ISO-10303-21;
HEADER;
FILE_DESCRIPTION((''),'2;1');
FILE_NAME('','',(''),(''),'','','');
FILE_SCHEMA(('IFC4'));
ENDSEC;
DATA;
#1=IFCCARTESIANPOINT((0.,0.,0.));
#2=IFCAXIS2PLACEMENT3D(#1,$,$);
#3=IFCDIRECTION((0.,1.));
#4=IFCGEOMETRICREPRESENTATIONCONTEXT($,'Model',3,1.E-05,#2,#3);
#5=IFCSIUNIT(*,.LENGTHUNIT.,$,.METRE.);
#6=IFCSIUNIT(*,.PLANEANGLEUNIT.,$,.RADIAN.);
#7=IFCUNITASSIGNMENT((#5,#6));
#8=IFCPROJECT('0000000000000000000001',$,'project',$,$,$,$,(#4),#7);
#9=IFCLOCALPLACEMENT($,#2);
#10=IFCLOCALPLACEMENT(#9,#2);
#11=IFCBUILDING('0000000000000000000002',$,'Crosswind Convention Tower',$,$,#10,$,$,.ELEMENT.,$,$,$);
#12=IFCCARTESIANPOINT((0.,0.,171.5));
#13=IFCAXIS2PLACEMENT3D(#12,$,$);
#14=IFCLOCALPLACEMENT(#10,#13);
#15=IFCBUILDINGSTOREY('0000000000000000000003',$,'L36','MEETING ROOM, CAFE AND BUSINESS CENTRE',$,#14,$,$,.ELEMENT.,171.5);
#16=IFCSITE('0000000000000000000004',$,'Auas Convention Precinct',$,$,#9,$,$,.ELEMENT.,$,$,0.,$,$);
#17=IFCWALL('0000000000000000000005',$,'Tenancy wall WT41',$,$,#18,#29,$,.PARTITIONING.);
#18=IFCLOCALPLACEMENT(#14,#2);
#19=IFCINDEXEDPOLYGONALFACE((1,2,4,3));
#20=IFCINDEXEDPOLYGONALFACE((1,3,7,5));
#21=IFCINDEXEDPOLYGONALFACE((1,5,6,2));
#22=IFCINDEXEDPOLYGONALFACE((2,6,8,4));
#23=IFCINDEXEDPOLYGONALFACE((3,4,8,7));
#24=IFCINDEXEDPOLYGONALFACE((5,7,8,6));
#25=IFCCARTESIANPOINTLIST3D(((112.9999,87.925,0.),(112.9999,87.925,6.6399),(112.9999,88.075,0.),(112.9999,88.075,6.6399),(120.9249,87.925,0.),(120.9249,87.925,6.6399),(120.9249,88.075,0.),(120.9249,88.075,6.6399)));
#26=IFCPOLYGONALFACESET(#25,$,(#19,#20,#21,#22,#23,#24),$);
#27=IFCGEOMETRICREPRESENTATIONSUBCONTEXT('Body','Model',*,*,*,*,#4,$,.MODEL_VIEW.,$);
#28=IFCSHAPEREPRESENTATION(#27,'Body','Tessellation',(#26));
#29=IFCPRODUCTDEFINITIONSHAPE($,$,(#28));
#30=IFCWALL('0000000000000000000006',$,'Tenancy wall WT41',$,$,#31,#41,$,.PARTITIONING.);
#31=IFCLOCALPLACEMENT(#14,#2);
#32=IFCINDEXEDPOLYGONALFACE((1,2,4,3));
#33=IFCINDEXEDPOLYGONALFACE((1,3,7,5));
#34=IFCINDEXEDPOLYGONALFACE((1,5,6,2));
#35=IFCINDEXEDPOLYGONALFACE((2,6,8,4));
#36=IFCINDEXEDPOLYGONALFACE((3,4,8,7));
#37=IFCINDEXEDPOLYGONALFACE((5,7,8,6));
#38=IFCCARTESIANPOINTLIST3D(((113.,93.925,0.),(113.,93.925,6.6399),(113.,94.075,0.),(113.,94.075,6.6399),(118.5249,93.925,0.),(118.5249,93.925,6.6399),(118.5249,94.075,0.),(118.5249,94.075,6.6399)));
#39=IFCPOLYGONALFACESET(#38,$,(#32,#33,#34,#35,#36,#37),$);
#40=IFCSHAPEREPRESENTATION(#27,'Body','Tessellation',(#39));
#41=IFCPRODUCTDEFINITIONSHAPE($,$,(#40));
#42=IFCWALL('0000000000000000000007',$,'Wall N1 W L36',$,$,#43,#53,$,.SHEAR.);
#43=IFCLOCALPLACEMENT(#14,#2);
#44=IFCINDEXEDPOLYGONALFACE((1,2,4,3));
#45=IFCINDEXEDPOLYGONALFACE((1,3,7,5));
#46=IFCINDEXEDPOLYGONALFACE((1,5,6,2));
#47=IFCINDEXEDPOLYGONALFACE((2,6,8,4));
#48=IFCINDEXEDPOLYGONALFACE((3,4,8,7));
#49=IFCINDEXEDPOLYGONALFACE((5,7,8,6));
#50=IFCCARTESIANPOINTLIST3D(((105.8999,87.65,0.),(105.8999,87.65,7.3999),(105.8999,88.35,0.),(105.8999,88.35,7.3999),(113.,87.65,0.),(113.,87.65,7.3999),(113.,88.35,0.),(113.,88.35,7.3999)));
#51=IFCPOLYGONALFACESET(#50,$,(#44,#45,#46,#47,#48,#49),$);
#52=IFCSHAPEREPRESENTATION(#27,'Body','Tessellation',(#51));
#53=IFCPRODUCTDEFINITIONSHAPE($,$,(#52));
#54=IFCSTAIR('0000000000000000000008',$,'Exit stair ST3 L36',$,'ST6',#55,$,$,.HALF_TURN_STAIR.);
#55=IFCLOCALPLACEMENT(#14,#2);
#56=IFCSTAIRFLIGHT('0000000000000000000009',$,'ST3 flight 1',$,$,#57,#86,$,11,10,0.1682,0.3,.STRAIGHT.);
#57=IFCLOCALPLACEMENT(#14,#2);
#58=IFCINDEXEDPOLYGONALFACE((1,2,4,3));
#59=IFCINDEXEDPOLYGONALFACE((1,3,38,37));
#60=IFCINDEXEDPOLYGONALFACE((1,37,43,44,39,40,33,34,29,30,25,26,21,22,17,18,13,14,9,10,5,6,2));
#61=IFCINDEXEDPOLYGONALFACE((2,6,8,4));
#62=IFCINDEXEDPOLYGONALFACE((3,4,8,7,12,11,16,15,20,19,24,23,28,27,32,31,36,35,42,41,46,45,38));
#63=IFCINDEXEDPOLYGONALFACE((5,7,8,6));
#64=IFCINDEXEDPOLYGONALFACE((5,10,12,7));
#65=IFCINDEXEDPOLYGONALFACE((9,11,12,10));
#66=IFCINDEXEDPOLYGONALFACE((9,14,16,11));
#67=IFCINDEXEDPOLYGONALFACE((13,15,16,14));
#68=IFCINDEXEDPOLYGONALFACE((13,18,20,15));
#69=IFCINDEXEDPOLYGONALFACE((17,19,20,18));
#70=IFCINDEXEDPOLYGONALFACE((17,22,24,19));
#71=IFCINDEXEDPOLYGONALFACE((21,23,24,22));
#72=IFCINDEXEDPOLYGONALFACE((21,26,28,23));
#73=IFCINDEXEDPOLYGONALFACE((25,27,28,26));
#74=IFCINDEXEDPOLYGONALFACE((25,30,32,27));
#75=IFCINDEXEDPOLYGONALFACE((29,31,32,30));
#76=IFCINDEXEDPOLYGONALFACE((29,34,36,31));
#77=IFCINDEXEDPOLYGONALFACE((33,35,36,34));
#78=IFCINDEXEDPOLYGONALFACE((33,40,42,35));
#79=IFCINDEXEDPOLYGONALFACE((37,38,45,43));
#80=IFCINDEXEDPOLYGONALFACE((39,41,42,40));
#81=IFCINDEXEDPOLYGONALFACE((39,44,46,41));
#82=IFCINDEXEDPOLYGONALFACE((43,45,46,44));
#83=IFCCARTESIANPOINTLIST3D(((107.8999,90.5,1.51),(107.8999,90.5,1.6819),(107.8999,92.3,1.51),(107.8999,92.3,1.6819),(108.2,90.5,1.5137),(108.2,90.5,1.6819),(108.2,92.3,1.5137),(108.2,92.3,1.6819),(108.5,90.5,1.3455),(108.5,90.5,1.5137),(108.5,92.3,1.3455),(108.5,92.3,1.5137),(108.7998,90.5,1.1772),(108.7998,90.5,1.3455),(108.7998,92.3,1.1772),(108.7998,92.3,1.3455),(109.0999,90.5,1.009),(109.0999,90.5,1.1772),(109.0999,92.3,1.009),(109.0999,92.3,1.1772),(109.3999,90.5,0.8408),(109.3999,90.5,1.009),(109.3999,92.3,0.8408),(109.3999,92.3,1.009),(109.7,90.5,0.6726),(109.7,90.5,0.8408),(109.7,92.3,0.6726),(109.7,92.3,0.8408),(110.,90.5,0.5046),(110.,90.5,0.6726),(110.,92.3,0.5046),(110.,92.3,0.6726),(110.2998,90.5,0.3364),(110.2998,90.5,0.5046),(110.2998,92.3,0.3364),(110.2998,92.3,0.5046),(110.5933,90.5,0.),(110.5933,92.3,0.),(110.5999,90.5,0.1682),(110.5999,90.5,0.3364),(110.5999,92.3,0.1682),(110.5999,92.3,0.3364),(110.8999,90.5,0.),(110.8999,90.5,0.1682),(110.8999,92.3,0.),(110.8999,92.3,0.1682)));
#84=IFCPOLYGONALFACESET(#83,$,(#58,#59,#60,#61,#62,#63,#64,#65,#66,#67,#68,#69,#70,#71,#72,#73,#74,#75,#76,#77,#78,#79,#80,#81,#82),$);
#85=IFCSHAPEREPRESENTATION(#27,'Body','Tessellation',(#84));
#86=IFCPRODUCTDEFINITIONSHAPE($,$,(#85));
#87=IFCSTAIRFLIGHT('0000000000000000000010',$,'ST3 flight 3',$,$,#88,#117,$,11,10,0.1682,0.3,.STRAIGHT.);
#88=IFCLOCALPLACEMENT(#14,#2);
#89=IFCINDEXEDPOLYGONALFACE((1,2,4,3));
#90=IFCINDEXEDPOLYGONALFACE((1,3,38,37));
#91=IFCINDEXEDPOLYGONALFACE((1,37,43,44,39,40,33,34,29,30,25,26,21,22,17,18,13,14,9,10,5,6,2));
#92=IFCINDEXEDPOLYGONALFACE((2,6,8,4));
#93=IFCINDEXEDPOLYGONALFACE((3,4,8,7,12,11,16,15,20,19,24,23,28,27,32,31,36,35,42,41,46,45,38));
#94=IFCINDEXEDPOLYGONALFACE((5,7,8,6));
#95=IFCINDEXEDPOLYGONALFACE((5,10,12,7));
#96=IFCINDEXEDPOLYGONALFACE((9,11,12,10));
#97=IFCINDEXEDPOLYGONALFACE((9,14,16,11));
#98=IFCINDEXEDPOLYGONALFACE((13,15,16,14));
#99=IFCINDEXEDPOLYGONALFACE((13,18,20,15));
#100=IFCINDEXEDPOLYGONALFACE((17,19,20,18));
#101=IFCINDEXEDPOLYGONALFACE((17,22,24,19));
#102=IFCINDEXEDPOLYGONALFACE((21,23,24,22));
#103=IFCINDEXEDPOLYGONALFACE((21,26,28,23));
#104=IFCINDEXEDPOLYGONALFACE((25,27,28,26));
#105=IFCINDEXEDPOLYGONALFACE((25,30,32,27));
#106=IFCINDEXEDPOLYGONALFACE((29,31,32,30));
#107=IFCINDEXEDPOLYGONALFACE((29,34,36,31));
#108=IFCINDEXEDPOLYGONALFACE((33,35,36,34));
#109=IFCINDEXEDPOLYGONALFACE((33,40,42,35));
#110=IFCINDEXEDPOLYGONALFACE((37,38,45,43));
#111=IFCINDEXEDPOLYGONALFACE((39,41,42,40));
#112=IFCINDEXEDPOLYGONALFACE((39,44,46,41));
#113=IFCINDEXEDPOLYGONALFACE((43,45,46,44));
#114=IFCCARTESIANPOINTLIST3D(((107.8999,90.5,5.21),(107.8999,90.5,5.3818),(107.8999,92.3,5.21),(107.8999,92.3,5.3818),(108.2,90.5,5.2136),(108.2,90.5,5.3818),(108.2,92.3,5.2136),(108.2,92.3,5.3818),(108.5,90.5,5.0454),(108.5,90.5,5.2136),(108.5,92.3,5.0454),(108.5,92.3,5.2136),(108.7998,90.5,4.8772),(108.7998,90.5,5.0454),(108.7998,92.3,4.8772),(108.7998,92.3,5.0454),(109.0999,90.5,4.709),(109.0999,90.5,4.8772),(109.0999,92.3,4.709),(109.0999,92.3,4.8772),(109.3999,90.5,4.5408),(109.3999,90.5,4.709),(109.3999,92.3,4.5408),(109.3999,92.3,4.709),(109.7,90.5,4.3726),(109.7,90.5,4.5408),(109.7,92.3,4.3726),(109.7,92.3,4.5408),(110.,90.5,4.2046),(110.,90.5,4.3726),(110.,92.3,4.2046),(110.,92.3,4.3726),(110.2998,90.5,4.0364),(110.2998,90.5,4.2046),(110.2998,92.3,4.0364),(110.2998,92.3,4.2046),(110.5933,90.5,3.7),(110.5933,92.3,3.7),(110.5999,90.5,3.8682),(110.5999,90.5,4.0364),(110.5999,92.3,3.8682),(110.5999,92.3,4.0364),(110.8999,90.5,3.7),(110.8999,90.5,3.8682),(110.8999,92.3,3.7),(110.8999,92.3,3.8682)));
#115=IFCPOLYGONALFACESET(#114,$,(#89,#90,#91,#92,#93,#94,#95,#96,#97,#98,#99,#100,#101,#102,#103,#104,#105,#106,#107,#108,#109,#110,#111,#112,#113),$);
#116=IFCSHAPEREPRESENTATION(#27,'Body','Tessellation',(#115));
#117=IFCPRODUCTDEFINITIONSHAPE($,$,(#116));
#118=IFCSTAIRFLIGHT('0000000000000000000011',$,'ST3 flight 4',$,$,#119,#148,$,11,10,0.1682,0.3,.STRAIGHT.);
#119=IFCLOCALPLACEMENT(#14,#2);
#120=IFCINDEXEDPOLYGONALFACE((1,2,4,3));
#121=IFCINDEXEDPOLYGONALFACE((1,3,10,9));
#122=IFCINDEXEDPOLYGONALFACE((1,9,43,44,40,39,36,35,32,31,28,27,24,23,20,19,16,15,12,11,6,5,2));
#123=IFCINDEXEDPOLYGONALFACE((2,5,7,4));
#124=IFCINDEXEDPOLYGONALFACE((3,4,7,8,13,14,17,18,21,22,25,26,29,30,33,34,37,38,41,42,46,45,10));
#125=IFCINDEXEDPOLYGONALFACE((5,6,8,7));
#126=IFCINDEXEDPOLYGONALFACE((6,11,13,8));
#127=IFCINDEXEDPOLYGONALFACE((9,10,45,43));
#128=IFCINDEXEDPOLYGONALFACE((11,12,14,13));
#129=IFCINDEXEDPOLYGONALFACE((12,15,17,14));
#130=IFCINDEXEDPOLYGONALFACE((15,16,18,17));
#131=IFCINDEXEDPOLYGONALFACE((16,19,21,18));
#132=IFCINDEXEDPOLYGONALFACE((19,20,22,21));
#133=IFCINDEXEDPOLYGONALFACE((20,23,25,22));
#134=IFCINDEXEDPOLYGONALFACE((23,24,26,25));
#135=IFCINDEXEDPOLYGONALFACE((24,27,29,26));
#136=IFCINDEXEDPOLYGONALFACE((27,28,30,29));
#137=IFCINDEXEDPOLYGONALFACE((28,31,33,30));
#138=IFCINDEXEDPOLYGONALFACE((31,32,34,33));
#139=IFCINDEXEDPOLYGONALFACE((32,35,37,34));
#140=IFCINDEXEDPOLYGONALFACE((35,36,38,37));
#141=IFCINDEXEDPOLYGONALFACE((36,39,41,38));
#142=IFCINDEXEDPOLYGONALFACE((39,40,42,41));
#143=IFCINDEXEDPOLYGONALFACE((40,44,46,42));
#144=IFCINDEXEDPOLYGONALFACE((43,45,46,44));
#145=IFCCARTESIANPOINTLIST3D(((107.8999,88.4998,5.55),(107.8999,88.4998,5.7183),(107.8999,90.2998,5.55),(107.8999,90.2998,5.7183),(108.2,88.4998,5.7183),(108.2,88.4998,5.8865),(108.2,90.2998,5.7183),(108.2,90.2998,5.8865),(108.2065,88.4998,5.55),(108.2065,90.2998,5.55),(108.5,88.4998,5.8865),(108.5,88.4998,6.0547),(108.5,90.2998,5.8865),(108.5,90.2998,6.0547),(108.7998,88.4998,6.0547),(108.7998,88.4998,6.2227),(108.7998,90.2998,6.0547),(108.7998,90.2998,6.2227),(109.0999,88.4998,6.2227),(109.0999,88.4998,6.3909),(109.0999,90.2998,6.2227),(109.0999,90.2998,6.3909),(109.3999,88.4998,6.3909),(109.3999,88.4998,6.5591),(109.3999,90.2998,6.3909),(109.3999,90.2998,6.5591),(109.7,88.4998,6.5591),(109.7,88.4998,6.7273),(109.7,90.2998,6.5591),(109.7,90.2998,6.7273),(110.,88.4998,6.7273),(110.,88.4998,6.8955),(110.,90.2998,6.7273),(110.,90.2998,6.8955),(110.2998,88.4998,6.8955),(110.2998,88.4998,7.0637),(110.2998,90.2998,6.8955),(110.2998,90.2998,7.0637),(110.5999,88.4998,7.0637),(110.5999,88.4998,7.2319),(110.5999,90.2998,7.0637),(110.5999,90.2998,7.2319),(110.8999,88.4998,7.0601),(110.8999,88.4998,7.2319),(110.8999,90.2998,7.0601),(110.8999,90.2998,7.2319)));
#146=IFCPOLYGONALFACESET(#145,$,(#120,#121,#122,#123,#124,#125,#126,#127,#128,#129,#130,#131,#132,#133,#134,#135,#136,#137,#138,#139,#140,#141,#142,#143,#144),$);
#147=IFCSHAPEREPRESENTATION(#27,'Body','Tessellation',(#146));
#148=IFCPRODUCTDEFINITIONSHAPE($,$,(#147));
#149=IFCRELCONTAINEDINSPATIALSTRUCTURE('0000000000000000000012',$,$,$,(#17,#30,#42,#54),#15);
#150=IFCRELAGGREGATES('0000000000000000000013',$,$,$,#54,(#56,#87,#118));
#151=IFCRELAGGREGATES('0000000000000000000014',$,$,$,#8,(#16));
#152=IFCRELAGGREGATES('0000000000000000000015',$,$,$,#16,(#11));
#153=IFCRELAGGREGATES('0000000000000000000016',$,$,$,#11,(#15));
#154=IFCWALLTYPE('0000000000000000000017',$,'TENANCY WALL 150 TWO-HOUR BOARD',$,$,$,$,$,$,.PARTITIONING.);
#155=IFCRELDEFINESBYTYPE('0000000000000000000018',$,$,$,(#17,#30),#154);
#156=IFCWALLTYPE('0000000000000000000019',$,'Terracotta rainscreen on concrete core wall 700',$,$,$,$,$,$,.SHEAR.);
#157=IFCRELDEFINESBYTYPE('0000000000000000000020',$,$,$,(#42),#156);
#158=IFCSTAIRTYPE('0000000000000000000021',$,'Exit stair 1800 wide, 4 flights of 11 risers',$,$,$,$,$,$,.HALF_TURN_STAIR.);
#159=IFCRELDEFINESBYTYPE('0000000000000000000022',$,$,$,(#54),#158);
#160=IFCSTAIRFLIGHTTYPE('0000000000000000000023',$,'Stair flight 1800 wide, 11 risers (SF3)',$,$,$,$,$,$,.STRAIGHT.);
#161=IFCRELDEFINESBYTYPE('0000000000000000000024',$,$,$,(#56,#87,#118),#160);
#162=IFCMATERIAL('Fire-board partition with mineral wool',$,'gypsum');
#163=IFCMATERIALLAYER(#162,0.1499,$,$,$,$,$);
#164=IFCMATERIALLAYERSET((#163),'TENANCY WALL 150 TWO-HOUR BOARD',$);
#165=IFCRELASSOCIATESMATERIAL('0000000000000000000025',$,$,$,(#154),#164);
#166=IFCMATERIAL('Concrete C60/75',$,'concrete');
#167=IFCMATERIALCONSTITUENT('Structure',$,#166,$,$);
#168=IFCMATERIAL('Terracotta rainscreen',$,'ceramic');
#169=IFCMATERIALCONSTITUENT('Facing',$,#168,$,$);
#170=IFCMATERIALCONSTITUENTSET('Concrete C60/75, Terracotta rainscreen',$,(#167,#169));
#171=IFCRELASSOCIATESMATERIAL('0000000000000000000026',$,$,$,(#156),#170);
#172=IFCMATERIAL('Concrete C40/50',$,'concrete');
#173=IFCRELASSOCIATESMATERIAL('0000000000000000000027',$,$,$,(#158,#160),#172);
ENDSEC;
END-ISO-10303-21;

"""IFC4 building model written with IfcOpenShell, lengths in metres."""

from ifc_helpers import new_model, si_unit, direction, frame, frame_2d, origin, place, context, subcontext, project, spatial, polyline, rectangle, outline, extrude, material, layer, layer_set, constituent, constituent_set, type_object, element, aggregate, save


model = new_model("IFC4")

# Units and contexts
model_context = context("Model", 3, precision=1e-05, world=origin(), true_north=direction((0.0, 1.0)))
body_context = subcontext(model_context, "Body", "Model", "MODEL_VIEW")
ifc_project = project(units=[si_unit("LENGTHUNIT", "METRE"), si_unit("PLANEANGLEUNIT", "RADIAN")], contexts=[model_context])

# Site, building, storey
site_placement = place(None, origin())
site = spatial("IfcSite", under=ifc_project, at=site_placement, Name="Auas Convention Precinct", CompositionType="ELEMENT", RefElevation=0.0)
building_placement = place(site_placement, origin())
building = spatial("IfcBuilding", under=site, at=building_placement, Name="Crosswind Convention Tower", CompositionType="ELEMENT")
storey_placement = place(building_placement, frame((0.0, 0.0, 171.5)))
storey = spatial("IfcBuildingStorey", under=building, at=storey_placement, Name="L36", Description="MEETING ROOM, CAFE AND BUSINESS CENTRE", CompositionType="ELEMENT", Elevation=171.5)

# Shared definitions
ifc_material_1 = material(Name="Concrete C60/75", Category="concrete")

# Shared definitions
ifc_material_2 = material(Name="Fire-board partition with mineral wool", Category="gypsum")
ifc_layer_1 = layer(ifc_material_2, 0.1499)
ifc_layer_set_1 = layer_set([ifc_layer_1], Name="TENANCY WALL 150 TWO-HOUR BOARD")
wall_type_1 = type_object("IfcWallType", Name="TENANCY WALL 150 TWO-HOUR BOARD", PredefinedType="PARTITIONING", material=ifc_layer_set_1)

# Walls
wall_1_placement = place(storey_placement, frame((113.0, 88.0, 0.0), z_axis=(0.0, 0.0, 1.0), x_axis=(1.0, 0.0, 0.0)))
element("IfcWall", 1, at=wall_1_placement, inside=storey, type_object=wall_type_1, Name="Tenancy wall WT41", PredefinedType="PARTITIONING", context=body_context, shape_type="SweptSolid", body=[
    extrude(rectangle(XDim=7.925, YDim=0.1499, at=frame_2d((3.9624, 0.0))), origin(), (0.0, 0.0, 1.0), 6.6399),
])
wall_2_placement = place(storey_placement, frame((113.0, 94.0, 0.0), z_axis=(0.0, 0.0, 1.0), x_axis=(1.0, 0.0, 0.0)))
element("IfcWall", 2, at=wall_2_placement, inside=storey, type_object=wall_type_1, Name="Tenancy wall WT41", PredefinedType="PARTITIONING", context=body_context, shape_type="SweptSolid", body=[
    extrude(rectangle(XDim=5.5249, YDim=0.1499, at=frame_2d((2.7625, 0.0))), origin(), (0.0, 0.0, 1.0), 6.6399),
])

# Shared definitions
ifc_material_3 = material(Name="Terracotta rainscreen", Category="ceramic")

# Wall
ifc_constituent_1 = constituent(ifc_material_1, Name="Structure")
ifc_constituent_2 = constituent(ifc_material_3, Name="Facing")
ifc_constituent_set = constituent_set(constituents=[ifc_constituent_1, ifc_constituent_2], Name="Concrete C60/75, Terracotta rainscreen")
wall_type_2 = type_object("IfcWallType", Name="Terracotta rainscreen on concrete core wall 700", PredefinedType="SHEAR", material=ifc_constituent_set)
wall_3_placement = place(storey_placement, frame((113.0, 88.0, 0.0), z_axis=(0.0, 0.0, 1.0), x_axis=(-1.0, 0.0, 0.0)))
element("IfcWall", 3, at=wall_3_placement, inside=storey, type_object=wall_type_2, Name="Wall N1 W L36", PredefinedType="SHEAR", context=body_context, shape_type="SweptSolid", body=[
    extrude(rectangle(XDim=7.1001, YDim=0.7, at=frame_2d((3.55, 0.0))), origin(), (0.0, 0.0, 1.0), 7.3999),
])

# Stair, stair flights
ifc_material_4 = material(Name="Concrete C40/50", Category="concrete")
stair_type = type_object("IfcStairType", Name="Exit stair 1800 wide, 4 flights of 11 risers", PredefinedType="HALF_TURN_STAIR", material=ifc_material_4)
stair_placement = place(storey_placement, origin())
stair = element("IfcStair", 4, at=stair_placement, inside=storey, type_object=stair_type, Name="Exit stair ST3 L36", ObjectType="ST6", PredefinedType="HALF_TURN_STAIR")
stair_flight_type = type_object("IfcStairFlightType", Name="Stair flight 1800 wide, 11 risers (SF3)", PredefinedType="STRAIGHT", material=ifc_material_4)
stair_flight_1_placement = place(storey_placement, frame((110.8999, 91.3999, 0.0), z_axis=(0.0, 0.0, 1.0), x_axis=(-1.0, 0.0, 0.0)))
stair_flight_1 = element("IfcStairFlight", 5, at=stair_flight_1_placement, type_object=stair_flight_type, Name="ST3 flight 1", NumberOfRisers=11, NumberOfTreads=10, PredefinedType="STRAIGHT", RiserHeight=0.1682, TreadLength=0.3, context=body_context, shape_type="SweptSolid", body=[
    extrude(outline(polyline([(0.0, 0.0), (0.0, 0.1682), (0.3, 0.1682), (0.3, 0.3364), (0.6001, 0.3364), (0.6001, 0.5046), (0.8999, 0.5046), (0.8999, 0.6726), (1.2, 0.6726), (1.2, 0.8408), (1.5, 0.8408), (1.5, 1.009), (1.8, 1.009), (1.8, 1.1772), (2.1001, 1.1772), (2.1001, 1.3455), (2.3999, 1.3455), (2.3999, 1.5137), (2.7, 1.5137), (2.7, 1.6819), (3.0, 1.6819), (3.0, 1.8501), (3.0, 1.51), (0.3066, 0.0), (0.0, 0.0)])), frame((0.0, 0.8999, 0.0), z_axis=(0.0, -1.0, 0.0), x_axis=(1.0, 0.0, 0.0)), (0.0, 0.0, 1.0), 1.8),
])
stair_flight_2_placement = place(storey_placement, frame((110.8999, 91.3999, 3.7), z_axis=(0.0, 0.0, 1.0), x_axis=(-1.0, 0.0, 0.0)))
stair_flight_2 = element("IfcStairFlight", 6, at=stair_flight_2_placement, type_object=stair_flight_type, Name="ST3 flight 3", NumberOfRisers=11, NumberOfTreads=10, PredefinedType="STRAIGHT", RiserHeight=0.1682, TreadLength=0.3, context=body_context, shape_type="SweptSolid", body=[
    extrude(outline(polyline([(0.0, 0.0), (0.0, 0.1682), (0.3, 0.1682), (0.3, 0.3364), (0.6001, 0.3364), (0.6001, 0.5046), (0.8999, 0.5046), (0.8999, 0.6726), (1.2, 0.6726), (1.2, 0.8408), (1.5, 0.8408), (1.5, 1.009), (1.8, 1.009), (1.8, 1.1772), (2.1001, 1.1772), (2.1001, 1.3455), (2.3999, 1.3455), (2.3999, 1.5137), (2.7, 1.5137), (2.7, 1.6819), (3.0, 1.6819), (3.0, 1.8501), (3.0, 1.51), (0.3066, 0.0), (0.0, 0.0)])), frame((0.0, 0.8999, 0.0), z_axis=(0.0, -1.0, 0.0), x_axis=(1.0, 0.0, 0.0)), (0.0, 0.0, 1.0), 1.8),
])
stair_flight_3_placement = place(storey_placement, frame((107.8999, 89.3999, 5.55), z_axis=(0.0, 0.0, 1.0), x_axis=(1.0, 0.0, 0.0)))
stair_flight_3 = element("IfcStairFlight", 7, at=stair_flight_3_placement, type_object=stair_flight_type, Name="ST3 flight 4", NumberOfRisers=11, NumberOfTreads=10, PredefinedType="STRAIGHT", RiserHeight=0.1682, TreadLength=0.3, context=body_context, shape_type="SweptSolid", body=[
    extrude(outline(polyline([(0.0, 0.0), (0.0, 0.1682), (0.3, 0.1682), (0.3, 0.3364), (0.6001, 0.3364), (0.6001, 0.5046), (0.8999, 0.5046), (0.8999, 0.6726), (1.2, 0.6726), (1.2, 0.8408), (1.5, 0.8408), (1.5, 1.009), (1.8, 1.009), (1.8, 1.1772), (2.1001, 1.1772), (2.1001, 1.3455), (2.3999, 1.3455), (2.3999, 1.5137), (2.7, 1.5137), (2.7, 1.6819), (3.0, 1.6819), (3.0, 1.8501), (3.0, 1.51), (0.3066, 0.0), (0.0, 0.0)])), frame((0.0, 0.8999, 0.0), z_axis=(0.0, -1.0, 0.0), x_axis=(1.0, 0.0, 0.0)), (0.0, 0.0, 1.0), 1.8),
])
aggregate(stair, [stair_flight_1, stair_flight_2, stair_flight_3])

save(model, "model.ifc")
